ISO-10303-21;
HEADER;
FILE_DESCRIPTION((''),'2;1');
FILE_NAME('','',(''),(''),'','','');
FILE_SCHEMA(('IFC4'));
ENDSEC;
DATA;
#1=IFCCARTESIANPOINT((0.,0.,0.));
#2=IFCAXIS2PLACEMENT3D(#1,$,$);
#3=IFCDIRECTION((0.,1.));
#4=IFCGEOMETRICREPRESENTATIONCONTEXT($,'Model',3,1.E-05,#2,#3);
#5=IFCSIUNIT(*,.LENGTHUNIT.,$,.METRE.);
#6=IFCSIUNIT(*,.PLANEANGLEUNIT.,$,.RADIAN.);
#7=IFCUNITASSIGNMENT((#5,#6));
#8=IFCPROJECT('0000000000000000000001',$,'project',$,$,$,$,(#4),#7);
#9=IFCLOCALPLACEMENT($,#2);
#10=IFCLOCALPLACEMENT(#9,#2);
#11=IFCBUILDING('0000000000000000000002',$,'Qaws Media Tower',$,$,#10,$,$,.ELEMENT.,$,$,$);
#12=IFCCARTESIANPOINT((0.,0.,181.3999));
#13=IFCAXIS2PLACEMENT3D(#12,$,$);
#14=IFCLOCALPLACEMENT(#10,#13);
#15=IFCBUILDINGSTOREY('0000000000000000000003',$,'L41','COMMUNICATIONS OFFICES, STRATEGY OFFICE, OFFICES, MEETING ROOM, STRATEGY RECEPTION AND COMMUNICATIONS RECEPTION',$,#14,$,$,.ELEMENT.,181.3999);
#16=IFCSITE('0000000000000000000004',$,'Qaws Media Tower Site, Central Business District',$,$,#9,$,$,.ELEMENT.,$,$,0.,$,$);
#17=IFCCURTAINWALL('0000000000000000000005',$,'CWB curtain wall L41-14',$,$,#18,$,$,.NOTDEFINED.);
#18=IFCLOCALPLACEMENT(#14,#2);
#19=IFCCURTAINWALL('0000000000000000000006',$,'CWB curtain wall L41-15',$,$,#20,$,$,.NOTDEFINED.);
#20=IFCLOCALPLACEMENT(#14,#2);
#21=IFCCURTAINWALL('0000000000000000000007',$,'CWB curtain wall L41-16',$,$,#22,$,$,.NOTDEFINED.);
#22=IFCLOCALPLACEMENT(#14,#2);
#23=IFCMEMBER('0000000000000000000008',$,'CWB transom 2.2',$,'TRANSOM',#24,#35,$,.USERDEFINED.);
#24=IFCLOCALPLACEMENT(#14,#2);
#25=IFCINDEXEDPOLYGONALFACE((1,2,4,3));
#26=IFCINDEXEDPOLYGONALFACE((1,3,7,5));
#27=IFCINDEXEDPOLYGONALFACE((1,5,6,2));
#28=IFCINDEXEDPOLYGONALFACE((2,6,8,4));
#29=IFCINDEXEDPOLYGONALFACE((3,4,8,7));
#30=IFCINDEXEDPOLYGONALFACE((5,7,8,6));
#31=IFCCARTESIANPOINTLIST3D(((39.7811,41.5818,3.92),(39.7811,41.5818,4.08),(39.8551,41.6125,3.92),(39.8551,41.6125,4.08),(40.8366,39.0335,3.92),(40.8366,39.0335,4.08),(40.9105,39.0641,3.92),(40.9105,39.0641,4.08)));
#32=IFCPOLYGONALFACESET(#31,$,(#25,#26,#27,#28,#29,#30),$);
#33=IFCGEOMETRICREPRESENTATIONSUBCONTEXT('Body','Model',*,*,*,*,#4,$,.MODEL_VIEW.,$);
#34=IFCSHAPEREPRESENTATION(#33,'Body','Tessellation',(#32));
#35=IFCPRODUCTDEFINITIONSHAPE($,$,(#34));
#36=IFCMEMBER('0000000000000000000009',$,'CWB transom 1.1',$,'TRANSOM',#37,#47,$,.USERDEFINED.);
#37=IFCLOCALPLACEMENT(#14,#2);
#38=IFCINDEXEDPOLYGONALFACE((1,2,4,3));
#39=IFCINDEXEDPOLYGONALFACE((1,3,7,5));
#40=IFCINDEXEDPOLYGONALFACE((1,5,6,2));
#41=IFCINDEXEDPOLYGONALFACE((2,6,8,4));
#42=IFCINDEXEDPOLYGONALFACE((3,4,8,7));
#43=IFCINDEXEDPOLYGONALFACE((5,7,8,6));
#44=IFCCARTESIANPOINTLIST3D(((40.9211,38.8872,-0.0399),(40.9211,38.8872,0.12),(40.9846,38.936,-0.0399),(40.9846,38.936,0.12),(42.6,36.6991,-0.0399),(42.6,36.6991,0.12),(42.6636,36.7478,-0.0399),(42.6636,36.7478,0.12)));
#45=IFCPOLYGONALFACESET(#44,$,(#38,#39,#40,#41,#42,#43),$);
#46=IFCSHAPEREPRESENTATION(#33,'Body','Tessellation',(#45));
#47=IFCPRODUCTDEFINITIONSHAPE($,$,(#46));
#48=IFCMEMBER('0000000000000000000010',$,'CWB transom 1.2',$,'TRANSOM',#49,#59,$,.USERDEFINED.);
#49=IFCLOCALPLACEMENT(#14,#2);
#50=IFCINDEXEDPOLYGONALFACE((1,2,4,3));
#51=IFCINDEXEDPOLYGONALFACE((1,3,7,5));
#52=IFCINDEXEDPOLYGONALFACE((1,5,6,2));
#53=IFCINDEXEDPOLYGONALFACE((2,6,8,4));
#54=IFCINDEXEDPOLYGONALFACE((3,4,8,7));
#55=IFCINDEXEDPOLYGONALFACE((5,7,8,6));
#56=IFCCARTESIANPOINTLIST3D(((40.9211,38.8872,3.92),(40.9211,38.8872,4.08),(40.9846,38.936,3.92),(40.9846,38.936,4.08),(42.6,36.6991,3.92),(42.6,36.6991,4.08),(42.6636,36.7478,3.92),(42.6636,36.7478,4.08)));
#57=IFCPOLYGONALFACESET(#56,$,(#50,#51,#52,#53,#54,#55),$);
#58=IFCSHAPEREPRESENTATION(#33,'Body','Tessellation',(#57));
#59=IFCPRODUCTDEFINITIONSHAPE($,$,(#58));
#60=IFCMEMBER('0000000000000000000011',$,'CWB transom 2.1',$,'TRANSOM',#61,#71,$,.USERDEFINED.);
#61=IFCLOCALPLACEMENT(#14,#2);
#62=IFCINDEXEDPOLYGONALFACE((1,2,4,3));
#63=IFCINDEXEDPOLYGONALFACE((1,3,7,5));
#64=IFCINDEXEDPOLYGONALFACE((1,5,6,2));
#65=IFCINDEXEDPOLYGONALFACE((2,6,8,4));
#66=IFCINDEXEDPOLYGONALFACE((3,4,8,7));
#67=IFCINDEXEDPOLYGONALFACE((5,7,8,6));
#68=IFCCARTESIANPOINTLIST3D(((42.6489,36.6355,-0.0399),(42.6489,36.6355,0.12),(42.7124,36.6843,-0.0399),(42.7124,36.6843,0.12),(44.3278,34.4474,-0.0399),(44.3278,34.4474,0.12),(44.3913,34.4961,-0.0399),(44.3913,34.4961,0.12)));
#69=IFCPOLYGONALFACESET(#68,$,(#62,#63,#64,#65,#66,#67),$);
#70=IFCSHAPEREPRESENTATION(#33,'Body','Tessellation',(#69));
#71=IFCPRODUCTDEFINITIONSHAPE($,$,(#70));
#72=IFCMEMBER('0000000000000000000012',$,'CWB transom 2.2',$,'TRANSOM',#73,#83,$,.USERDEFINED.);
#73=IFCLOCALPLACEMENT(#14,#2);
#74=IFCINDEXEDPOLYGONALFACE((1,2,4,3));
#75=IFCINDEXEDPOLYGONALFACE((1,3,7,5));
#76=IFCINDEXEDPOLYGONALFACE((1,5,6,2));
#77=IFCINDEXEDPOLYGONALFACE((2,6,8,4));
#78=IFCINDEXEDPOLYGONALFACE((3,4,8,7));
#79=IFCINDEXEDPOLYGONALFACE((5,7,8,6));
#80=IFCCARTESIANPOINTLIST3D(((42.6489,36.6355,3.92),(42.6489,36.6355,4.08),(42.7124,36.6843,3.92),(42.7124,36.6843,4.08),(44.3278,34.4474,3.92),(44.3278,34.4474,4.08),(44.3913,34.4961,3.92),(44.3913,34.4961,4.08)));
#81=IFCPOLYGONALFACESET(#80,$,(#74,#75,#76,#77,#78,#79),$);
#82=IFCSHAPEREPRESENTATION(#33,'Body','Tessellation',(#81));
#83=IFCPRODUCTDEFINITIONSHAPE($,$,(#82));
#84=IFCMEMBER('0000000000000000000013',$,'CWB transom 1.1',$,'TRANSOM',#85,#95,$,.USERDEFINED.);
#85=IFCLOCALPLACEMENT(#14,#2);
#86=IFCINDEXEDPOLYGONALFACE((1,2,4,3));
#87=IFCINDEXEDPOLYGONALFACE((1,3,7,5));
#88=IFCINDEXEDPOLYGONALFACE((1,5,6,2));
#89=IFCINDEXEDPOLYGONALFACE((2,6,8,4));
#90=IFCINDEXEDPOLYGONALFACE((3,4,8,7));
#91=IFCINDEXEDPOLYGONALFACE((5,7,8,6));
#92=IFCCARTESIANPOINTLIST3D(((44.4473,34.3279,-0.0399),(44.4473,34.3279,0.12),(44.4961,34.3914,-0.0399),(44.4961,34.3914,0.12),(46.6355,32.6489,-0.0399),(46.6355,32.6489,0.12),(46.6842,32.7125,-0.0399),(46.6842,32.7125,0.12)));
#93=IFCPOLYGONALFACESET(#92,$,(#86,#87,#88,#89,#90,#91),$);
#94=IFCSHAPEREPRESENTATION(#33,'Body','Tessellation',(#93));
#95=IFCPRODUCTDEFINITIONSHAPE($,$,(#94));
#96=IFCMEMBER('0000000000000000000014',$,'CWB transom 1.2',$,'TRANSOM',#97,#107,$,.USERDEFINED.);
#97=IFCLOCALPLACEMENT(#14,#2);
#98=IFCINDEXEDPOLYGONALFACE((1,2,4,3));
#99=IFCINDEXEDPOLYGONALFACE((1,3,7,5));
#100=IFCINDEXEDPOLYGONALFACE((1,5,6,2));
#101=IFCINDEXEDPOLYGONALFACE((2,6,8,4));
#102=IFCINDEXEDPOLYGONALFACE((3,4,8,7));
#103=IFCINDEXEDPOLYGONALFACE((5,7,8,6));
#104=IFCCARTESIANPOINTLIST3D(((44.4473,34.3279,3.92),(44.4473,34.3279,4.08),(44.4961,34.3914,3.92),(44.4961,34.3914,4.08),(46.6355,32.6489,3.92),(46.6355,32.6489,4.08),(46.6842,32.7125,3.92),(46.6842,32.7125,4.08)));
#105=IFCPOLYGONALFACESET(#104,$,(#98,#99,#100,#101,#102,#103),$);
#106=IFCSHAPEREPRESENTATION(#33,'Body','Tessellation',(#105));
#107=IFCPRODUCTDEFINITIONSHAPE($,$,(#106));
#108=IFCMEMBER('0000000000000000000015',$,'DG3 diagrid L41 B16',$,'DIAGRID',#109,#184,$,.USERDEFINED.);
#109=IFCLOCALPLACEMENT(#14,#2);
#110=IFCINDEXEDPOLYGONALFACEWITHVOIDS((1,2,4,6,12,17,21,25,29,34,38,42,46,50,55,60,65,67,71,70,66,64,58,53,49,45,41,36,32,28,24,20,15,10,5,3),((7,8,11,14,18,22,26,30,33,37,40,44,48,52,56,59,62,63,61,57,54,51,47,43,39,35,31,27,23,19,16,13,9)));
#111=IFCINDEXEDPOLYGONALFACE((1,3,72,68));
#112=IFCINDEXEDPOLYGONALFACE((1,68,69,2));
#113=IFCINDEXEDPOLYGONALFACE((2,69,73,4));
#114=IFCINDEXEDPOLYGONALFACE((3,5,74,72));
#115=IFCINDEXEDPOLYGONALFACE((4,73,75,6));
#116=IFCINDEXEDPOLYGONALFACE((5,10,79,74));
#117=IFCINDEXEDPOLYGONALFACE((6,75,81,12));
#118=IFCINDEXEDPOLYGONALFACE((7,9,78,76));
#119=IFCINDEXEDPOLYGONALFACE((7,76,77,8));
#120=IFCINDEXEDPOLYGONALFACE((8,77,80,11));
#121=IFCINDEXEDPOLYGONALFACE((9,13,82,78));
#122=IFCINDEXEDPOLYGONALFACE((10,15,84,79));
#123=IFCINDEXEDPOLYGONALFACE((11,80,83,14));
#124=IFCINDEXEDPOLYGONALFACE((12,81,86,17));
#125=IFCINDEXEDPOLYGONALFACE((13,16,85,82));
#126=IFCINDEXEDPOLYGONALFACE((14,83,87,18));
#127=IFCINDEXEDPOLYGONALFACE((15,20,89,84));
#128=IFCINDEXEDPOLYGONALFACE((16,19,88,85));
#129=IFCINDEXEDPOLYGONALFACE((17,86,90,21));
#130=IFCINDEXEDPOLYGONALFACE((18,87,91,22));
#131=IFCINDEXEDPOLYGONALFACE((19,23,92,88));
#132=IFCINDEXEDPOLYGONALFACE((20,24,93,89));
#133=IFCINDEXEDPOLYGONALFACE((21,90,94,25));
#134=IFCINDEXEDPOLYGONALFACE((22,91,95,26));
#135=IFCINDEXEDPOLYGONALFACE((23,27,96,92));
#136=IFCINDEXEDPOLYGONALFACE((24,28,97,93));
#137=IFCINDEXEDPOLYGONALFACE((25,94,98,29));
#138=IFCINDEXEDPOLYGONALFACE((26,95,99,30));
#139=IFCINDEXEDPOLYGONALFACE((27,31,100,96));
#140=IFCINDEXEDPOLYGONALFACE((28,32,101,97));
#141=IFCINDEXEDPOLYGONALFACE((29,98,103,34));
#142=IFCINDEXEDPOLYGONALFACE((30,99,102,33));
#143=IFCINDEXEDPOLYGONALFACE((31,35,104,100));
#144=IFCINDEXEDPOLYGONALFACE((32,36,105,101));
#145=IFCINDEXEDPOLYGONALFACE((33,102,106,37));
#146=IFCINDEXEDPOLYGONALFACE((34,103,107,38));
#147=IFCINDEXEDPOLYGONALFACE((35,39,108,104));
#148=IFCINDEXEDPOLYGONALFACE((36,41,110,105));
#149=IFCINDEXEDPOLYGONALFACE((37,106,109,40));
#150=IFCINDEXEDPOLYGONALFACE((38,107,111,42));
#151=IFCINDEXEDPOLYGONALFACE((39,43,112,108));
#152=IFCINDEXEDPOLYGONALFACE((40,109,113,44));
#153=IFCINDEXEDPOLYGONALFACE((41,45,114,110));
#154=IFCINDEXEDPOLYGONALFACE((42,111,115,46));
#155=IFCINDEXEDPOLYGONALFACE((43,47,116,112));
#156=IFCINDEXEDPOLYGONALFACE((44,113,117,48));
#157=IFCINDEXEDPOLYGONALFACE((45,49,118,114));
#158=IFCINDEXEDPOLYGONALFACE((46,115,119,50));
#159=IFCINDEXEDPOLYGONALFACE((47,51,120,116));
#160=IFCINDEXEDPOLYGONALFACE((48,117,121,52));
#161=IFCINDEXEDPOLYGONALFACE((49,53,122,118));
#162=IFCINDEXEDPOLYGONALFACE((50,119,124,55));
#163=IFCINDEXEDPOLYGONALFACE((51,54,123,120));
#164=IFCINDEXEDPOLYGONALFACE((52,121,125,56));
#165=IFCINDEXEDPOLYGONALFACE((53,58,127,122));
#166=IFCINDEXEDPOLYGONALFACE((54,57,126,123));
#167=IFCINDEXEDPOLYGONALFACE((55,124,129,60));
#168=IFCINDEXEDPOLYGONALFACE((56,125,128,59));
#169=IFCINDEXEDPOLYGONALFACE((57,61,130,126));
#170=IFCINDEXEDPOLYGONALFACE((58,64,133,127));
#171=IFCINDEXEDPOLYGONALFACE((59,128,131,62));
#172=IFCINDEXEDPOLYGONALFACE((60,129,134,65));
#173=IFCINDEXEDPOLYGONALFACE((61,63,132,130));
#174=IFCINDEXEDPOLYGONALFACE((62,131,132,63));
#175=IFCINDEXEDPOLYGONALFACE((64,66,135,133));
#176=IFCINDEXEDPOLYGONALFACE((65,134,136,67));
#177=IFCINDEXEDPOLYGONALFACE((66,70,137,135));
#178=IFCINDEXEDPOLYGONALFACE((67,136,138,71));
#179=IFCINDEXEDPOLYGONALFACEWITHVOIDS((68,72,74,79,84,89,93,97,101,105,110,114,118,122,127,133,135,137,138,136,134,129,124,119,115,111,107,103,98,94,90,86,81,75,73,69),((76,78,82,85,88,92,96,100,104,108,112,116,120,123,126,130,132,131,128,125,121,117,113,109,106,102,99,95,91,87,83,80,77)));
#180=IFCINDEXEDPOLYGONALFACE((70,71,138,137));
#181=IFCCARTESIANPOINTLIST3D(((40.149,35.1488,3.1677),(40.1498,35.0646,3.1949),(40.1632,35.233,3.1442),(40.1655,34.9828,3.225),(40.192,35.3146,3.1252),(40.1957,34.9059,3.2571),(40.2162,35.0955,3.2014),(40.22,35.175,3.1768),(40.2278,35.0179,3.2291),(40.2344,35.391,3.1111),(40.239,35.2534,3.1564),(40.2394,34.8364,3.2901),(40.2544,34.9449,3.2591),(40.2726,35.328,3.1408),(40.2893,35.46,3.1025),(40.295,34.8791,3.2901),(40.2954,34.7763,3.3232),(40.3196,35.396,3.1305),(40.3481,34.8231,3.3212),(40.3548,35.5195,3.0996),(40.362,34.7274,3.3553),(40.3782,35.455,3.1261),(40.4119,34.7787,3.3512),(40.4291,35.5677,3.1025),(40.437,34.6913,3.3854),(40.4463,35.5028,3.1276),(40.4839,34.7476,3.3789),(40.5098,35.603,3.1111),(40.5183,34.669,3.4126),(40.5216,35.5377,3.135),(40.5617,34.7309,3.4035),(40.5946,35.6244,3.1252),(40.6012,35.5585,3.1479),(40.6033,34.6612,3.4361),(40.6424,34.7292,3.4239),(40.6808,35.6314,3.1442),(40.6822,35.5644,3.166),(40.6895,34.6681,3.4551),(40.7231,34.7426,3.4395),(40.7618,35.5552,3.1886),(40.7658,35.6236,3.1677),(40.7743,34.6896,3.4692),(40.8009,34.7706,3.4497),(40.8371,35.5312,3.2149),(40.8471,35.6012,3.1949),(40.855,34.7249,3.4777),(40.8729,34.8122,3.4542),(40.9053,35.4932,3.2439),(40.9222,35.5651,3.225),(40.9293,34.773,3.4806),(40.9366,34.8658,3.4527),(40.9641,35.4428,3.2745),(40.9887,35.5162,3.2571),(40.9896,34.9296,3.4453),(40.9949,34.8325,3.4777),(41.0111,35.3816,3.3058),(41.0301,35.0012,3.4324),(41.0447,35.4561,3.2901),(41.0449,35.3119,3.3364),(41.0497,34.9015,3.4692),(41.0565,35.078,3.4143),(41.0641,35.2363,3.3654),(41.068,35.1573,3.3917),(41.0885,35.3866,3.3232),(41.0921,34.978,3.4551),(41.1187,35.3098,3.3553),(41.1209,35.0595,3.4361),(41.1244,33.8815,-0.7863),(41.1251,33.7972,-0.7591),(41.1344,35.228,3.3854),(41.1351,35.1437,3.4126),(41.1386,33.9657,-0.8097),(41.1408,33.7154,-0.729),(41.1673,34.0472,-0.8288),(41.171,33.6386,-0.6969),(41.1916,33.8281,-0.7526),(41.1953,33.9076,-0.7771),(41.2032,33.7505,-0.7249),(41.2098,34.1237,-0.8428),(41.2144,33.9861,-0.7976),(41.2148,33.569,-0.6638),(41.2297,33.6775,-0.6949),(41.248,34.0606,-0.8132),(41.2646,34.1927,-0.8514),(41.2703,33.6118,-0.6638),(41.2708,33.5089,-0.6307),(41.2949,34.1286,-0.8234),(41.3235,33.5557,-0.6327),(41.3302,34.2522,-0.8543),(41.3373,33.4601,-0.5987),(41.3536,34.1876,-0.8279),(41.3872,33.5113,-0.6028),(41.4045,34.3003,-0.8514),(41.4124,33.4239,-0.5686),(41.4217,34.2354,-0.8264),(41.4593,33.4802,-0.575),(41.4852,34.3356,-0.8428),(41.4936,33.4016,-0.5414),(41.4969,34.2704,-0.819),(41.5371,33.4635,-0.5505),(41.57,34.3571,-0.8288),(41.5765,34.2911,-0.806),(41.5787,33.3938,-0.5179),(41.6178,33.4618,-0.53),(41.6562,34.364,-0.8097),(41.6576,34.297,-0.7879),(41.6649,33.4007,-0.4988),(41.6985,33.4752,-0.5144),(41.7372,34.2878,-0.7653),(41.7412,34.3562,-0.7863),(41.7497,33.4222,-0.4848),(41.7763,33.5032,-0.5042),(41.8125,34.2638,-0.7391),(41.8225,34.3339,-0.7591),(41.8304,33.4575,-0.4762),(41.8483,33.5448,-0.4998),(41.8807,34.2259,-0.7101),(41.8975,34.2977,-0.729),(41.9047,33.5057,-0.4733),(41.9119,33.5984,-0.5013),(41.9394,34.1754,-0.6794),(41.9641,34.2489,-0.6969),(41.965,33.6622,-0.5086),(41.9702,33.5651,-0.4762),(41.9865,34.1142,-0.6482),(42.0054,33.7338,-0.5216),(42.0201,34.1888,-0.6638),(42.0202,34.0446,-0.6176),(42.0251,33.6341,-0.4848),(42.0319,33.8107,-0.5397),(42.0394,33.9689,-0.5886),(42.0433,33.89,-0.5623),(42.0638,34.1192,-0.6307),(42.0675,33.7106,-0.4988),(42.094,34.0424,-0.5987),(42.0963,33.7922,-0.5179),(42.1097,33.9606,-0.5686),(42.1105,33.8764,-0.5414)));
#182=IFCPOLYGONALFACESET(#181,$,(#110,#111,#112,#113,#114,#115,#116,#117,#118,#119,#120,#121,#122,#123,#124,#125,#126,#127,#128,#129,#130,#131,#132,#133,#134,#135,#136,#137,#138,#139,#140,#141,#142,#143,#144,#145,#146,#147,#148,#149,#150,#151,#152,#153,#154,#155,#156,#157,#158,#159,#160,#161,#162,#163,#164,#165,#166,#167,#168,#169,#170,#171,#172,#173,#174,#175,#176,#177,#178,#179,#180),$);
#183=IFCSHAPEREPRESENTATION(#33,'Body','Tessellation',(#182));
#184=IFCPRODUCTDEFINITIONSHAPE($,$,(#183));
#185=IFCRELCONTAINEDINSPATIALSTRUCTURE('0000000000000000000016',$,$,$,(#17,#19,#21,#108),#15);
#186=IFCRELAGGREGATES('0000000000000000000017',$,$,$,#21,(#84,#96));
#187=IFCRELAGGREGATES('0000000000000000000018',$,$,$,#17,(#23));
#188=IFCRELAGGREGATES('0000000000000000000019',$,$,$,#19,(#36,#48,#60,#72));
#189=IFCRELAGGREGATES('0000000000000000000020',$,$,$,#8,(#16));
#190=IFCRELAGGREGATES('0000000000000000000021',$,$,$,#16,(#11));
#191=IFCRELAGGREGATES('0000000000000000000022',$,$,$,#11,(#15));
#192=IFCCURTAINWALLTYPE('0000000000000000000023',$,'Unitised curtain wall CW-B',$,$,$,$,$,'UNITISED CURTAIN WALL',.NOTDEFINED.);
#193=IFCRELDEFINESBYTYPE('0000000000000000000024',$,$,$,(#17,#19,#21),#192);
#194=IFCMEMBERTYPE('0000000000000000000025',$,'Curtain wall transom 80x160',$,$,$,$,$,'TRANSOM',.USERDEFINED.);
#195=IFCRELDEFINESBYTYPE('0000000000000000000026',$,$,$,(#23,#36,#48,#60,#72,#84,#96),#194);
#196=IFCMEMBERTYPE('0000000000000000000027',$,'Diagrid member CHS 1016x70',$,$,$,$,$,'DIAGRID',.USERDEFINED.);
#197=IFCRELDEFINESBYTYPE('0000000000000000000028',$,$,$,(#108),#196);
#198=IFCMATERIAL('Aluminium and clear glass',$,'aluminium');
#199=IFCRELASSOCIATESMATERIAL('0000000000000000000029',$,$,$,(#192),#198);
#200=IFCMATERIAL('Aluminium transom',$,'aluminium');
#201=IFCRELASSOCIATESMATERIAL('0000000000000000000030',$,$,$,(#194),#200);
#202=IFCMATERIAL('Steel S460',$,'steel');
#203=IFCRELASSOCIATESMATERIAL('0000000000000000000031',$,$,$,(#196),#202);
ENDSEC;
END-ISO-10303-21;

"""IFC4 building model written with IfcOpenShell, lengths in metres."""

from ifc_helpers import new_model, si_unit, direction, frame, origin, origin_2d, place, context, subcontext, project, spatial, rectangle, hollow_circle, extrude, material, material_profile, profile_set, type_object, element, aggregate, save


model = new_model("IFC4")

# Units and contexts
model_context = context("Model", 3, precision=1e-05, world=origin(), true_north=direction((0.0, 1.0)))
body_context = subcontext(model_context, "Body", "Model", "MODEL_VIEW")
ifc_project = project(units=[si_unit("LENGTHUNIT", "METRE"), si_unit("PLANEANGLEUNIT", "RADIAN")], contexts=[model_context])

# Site, building, storey
site_placement = place(None, origin())
site = spatial("IfcSite", under=ifc_project, at=site_placement, Name="Qaws Media Tower Site, Central Business District", CompositionType="ELEMENT", RefElevation=0.0)
building_placement = place(site_placement, origin())
building = spatial("IfcBuilding", under=site, at=building_placement, Name="Qaws Media Tower", CompositionType="ELEMENT")
storey_placement = place(building_placement, frame((0.0, 0.0, 181.3999)))
storey = spatial("IfcBuildingStorey", under=building, at=storey_placement, Name="L41", Description="COMMUNICATIONS OFFICES, STRATEGY OFFICE, OFFICES, MEETING ROOM, STRATEGY RECEPTION AND COMMUNICATIONS RECEPTION", CompositionType="ELEMENT", Elevation=181.3999)

# Curtain wall
ifc_material_1 = material(Name="Aluminium and clear glass", Category="aluminium")
curtain_wall_type = type_object("IfcCurtainWallType", Name="Unitised curtain wall CW-B", ElementType="UNITISED CURTAIN WALL", PredefinedType="NOTDEFINED", material=ifc_material_1)
curtain_wall_1_placement = place(storey_placement, origin())
curtain_wall_1 = element("IfcCurtainWall", 1, at=curtain_wall_1_placement, inside=storey, type_object=curtain_wall_type, Name="CWB curtain wall L41-14", PredefinedType="NOTDEFINED")

# Curtain wall
curtain_wall_2_placement = place(storey_placement, origin())
curtain_wall_2 = element("IfcCurtainWall", 2, at=curtain_wall_2_placement, inside=storey, type_object=curtain_wall_type, Name="CWB curtain wall L41-15", PredefinedType="NOTDEFINED")

# Curtain wall
curtain_wall_3_placement = place(storey_placement, origin())
curtain_wall_3 = element("IfcCurtainWall", 3, at=curtain_wall_3_placement, inside=storey, type_object=curtain_wall_type, Name="CWB curtain wall L41-16", PredefinedType="NOTDEFINED")

# Members
ifc_material_2 = material(Name="Aluminium transom", Category="aluminium")
ifc_material_profile_1 = material_profile(ifc_material_2, rectangle(XDim=0.0801, YDim=0.1599, at=origin_2d()), Name="80x160")
ifc_profile_set_1 = profile_set([ifc_material_profile_1], Name="Aluminium transom")
member_type_1 = type_object("IfcMemberType", Name="Curtain wall transom 80x160", ElementType="TRANSOM", PredefinedType="USERDEFINED", material=ifc_profile_set_1)
member_1_placement = place(storey_placement, frame((39.8181, 41.5972, 4.0), z_axis=(0.382641, -0.923897, 0.0), x_axis=(0.923897, 0.382641, 0.0)))
member_1 = element("IfcMember", 4, at=member_1_placement, type_object=member_type_1, Name="CWB transom 2.2", ObjectType="TRANSOM", PredefinedType="USERDEFINED", context=body_context, shape_type="SweptSolid", body=[
    extrude(rectangle(XDim=0.0801, YDim=0.1599, at=origin_2d()), origin(), (0.0, 0.0, 1.0), 2.7583),
])
member_2_placement = place(storey_placement, frame((40.9529, 38.9116, 0.04), z_axis=(0.608731, -0.793377, 0.0), x_axis=(0.793377, 0.608731, 0.0)))
member_2 = element("IfcMember", 5, at=member_2_placement, type_object=member_type_1, Name="CWB transom 1.1", ObjectType="TRANSOM", PredefinedType="USERDEFINED", context=body_context, shape_type="SweptSolid", body=[
    extrude(rectangle(XDim=0.0801, YDim=0.1599, at=origin_2d()), origin(), (0.0, 0.0, 1.0), 2.7581),
])
member_3_placement = place(storey_placement, frame((40.9529, 38.9116, 4.0), z_axis=(0.608731, -0.793377, 0.0), x_axis=(0.793377, 0.608731, 0.0)))
member_3 = element("IfcMember", 6, at=member_3_placement, type_object=member_type_1, Name="CWB transom 1.2", ObjectType="TRANSOM", PredefinedType="USERDEFINED", context=body_context, shape_type="SweptSolid", body=[
    extrude(rectangle(XDim=0.0801, YDim=0.1599, at=origin_2d()), origin(), (0.0, 0.0, 1.0), 2.7581),
])
member_4_placement = place(storey_placement, frame((42.6807, 36.6599, 0.04), z_axis=(0.608731, -0.793377, 0.0), x_axis=(0.793377, 0.608731, 0.0)))
member_4 = element("IfcMember", 7, at=member_4_placement, type_object=member_type_1, Name="CWB transom 2.1", ObjectType="TRANSOM", PredefinedType="USERDEFINED", context=body_context, shape_type="SweptSolid", body=[
    extrude(rectangle(XDim=0.0801, YDim=0.1599, at=origin_2d()), origin(), (0.0, 0.0, 1.0), 2.7581),
])
member_5_placement = place(storey_placement, frame((42.6807, 36.6599, 4.0), z_axis=(0.608731, -0.793377, 0.0), x_axis=(0.793377, 0.608731, 0.0)))
member_5 = element("IfcMember", 8, at=member_5_placement, type_object=member_type_1, Name="CWB transom 2.2", ObjectType="TRANSOM", PredefinedType="USERDEFINED", context=body_context, shape_type="SweptSolid", body=[
    extrude(rectangle(XDim=0.0801, YDim=0.1599, at=origin_2d()), origin(), (0.0, 0.0, 1.0), 2.7581),
])
member_6_placement = place(storey_placement, frame((44.4717, 34.3596, 0.04), z_axis=(0.793377, -0.608731, 0.0), x_axis=(0.608731, 0.793377, 0.0)))
member_6 = element("IfcMember", 9, at=member_6_placement, type_object=member_type_1, Name="CWB transom 1.1", ObjectType="TRANSOM", PredefinedType="USERDEFINED", context=body_context, shape_type="SweptSolid", body=[
    extrude(rectangle(XDim=0.0801, YDim=0.1599, at=origin_2d()), origin(), (0.0, 0.0, 1.0), 2.7581),
])
member_7_placement = place(storey_placement, frame((44.4717, 34.3596, 4.0), z_axis=(0.793377, -0.608731, 0.0), x_axis=(0.608731, 0.793377, 0.0)))
member_7 = element("IfcMember", 10, at=member_7_placement, type_object=member_type_1, Name="CWB transom 1.2", ObjectType="TRANSOM", PredefinedType="USERDEFINED", context=body_context, shape_type="SweptSolid", body=[
    extrude(rectangle(XDim=0.0801, YDim=0.1599, at=origin_2d()), origin(), (0.0, 0.0, 1.0), 2.7581),
])
aggregate(curtain_wall_3, [member_6, member_7])
ifc_material_3 = material(Name="Steel S460", Category="steel")
ifc_material_profile_2 = material_profile(ifc_material_3, hollow_circle(Radius=0.5081, WallThickness=0.0701, at=origin_2d()), Name="CHS 1016x70")
ifc_profile_set_2 = profile_set([ifc_material_profile_2], Name="Steel S460")
member_type_2 = type_object("IfcMemberType", Name="Diagrid member CHS 1016x70", ElementType="DIAGRID", PredefinedType="USERDEFINED", material=ifc_profile_set_2)
member_8_placement = place(storey_placement, frame((41.6174, 33.8789, -0.6638), z_axis=(-0.228684, 0.297146, 0.927043), x_axis=(-0.792482, -0.609895, 0.0)))
element("IfcMember", 11, at=member_8_placement, inside=storey, type_object=member_type_2, Name="DG3 diagrid L41 B16", ObjectType="DIAGRID", PredefinedType="USERDEFINED", context=body_context, shape_type="SweptSolid", body=[
    extrude(hollow_circle(Radius=0.5081, WallThickness=0.0701, at=origin_2d()), origin(), (0.0, 0.0, 1.0), 4.2651),
])

aggregate(curtain_wall_1, [member_1])
aggregate(curtain_wall_2, [member_2, member_3, member_4, member_5])

save(model, "model.ifc")
